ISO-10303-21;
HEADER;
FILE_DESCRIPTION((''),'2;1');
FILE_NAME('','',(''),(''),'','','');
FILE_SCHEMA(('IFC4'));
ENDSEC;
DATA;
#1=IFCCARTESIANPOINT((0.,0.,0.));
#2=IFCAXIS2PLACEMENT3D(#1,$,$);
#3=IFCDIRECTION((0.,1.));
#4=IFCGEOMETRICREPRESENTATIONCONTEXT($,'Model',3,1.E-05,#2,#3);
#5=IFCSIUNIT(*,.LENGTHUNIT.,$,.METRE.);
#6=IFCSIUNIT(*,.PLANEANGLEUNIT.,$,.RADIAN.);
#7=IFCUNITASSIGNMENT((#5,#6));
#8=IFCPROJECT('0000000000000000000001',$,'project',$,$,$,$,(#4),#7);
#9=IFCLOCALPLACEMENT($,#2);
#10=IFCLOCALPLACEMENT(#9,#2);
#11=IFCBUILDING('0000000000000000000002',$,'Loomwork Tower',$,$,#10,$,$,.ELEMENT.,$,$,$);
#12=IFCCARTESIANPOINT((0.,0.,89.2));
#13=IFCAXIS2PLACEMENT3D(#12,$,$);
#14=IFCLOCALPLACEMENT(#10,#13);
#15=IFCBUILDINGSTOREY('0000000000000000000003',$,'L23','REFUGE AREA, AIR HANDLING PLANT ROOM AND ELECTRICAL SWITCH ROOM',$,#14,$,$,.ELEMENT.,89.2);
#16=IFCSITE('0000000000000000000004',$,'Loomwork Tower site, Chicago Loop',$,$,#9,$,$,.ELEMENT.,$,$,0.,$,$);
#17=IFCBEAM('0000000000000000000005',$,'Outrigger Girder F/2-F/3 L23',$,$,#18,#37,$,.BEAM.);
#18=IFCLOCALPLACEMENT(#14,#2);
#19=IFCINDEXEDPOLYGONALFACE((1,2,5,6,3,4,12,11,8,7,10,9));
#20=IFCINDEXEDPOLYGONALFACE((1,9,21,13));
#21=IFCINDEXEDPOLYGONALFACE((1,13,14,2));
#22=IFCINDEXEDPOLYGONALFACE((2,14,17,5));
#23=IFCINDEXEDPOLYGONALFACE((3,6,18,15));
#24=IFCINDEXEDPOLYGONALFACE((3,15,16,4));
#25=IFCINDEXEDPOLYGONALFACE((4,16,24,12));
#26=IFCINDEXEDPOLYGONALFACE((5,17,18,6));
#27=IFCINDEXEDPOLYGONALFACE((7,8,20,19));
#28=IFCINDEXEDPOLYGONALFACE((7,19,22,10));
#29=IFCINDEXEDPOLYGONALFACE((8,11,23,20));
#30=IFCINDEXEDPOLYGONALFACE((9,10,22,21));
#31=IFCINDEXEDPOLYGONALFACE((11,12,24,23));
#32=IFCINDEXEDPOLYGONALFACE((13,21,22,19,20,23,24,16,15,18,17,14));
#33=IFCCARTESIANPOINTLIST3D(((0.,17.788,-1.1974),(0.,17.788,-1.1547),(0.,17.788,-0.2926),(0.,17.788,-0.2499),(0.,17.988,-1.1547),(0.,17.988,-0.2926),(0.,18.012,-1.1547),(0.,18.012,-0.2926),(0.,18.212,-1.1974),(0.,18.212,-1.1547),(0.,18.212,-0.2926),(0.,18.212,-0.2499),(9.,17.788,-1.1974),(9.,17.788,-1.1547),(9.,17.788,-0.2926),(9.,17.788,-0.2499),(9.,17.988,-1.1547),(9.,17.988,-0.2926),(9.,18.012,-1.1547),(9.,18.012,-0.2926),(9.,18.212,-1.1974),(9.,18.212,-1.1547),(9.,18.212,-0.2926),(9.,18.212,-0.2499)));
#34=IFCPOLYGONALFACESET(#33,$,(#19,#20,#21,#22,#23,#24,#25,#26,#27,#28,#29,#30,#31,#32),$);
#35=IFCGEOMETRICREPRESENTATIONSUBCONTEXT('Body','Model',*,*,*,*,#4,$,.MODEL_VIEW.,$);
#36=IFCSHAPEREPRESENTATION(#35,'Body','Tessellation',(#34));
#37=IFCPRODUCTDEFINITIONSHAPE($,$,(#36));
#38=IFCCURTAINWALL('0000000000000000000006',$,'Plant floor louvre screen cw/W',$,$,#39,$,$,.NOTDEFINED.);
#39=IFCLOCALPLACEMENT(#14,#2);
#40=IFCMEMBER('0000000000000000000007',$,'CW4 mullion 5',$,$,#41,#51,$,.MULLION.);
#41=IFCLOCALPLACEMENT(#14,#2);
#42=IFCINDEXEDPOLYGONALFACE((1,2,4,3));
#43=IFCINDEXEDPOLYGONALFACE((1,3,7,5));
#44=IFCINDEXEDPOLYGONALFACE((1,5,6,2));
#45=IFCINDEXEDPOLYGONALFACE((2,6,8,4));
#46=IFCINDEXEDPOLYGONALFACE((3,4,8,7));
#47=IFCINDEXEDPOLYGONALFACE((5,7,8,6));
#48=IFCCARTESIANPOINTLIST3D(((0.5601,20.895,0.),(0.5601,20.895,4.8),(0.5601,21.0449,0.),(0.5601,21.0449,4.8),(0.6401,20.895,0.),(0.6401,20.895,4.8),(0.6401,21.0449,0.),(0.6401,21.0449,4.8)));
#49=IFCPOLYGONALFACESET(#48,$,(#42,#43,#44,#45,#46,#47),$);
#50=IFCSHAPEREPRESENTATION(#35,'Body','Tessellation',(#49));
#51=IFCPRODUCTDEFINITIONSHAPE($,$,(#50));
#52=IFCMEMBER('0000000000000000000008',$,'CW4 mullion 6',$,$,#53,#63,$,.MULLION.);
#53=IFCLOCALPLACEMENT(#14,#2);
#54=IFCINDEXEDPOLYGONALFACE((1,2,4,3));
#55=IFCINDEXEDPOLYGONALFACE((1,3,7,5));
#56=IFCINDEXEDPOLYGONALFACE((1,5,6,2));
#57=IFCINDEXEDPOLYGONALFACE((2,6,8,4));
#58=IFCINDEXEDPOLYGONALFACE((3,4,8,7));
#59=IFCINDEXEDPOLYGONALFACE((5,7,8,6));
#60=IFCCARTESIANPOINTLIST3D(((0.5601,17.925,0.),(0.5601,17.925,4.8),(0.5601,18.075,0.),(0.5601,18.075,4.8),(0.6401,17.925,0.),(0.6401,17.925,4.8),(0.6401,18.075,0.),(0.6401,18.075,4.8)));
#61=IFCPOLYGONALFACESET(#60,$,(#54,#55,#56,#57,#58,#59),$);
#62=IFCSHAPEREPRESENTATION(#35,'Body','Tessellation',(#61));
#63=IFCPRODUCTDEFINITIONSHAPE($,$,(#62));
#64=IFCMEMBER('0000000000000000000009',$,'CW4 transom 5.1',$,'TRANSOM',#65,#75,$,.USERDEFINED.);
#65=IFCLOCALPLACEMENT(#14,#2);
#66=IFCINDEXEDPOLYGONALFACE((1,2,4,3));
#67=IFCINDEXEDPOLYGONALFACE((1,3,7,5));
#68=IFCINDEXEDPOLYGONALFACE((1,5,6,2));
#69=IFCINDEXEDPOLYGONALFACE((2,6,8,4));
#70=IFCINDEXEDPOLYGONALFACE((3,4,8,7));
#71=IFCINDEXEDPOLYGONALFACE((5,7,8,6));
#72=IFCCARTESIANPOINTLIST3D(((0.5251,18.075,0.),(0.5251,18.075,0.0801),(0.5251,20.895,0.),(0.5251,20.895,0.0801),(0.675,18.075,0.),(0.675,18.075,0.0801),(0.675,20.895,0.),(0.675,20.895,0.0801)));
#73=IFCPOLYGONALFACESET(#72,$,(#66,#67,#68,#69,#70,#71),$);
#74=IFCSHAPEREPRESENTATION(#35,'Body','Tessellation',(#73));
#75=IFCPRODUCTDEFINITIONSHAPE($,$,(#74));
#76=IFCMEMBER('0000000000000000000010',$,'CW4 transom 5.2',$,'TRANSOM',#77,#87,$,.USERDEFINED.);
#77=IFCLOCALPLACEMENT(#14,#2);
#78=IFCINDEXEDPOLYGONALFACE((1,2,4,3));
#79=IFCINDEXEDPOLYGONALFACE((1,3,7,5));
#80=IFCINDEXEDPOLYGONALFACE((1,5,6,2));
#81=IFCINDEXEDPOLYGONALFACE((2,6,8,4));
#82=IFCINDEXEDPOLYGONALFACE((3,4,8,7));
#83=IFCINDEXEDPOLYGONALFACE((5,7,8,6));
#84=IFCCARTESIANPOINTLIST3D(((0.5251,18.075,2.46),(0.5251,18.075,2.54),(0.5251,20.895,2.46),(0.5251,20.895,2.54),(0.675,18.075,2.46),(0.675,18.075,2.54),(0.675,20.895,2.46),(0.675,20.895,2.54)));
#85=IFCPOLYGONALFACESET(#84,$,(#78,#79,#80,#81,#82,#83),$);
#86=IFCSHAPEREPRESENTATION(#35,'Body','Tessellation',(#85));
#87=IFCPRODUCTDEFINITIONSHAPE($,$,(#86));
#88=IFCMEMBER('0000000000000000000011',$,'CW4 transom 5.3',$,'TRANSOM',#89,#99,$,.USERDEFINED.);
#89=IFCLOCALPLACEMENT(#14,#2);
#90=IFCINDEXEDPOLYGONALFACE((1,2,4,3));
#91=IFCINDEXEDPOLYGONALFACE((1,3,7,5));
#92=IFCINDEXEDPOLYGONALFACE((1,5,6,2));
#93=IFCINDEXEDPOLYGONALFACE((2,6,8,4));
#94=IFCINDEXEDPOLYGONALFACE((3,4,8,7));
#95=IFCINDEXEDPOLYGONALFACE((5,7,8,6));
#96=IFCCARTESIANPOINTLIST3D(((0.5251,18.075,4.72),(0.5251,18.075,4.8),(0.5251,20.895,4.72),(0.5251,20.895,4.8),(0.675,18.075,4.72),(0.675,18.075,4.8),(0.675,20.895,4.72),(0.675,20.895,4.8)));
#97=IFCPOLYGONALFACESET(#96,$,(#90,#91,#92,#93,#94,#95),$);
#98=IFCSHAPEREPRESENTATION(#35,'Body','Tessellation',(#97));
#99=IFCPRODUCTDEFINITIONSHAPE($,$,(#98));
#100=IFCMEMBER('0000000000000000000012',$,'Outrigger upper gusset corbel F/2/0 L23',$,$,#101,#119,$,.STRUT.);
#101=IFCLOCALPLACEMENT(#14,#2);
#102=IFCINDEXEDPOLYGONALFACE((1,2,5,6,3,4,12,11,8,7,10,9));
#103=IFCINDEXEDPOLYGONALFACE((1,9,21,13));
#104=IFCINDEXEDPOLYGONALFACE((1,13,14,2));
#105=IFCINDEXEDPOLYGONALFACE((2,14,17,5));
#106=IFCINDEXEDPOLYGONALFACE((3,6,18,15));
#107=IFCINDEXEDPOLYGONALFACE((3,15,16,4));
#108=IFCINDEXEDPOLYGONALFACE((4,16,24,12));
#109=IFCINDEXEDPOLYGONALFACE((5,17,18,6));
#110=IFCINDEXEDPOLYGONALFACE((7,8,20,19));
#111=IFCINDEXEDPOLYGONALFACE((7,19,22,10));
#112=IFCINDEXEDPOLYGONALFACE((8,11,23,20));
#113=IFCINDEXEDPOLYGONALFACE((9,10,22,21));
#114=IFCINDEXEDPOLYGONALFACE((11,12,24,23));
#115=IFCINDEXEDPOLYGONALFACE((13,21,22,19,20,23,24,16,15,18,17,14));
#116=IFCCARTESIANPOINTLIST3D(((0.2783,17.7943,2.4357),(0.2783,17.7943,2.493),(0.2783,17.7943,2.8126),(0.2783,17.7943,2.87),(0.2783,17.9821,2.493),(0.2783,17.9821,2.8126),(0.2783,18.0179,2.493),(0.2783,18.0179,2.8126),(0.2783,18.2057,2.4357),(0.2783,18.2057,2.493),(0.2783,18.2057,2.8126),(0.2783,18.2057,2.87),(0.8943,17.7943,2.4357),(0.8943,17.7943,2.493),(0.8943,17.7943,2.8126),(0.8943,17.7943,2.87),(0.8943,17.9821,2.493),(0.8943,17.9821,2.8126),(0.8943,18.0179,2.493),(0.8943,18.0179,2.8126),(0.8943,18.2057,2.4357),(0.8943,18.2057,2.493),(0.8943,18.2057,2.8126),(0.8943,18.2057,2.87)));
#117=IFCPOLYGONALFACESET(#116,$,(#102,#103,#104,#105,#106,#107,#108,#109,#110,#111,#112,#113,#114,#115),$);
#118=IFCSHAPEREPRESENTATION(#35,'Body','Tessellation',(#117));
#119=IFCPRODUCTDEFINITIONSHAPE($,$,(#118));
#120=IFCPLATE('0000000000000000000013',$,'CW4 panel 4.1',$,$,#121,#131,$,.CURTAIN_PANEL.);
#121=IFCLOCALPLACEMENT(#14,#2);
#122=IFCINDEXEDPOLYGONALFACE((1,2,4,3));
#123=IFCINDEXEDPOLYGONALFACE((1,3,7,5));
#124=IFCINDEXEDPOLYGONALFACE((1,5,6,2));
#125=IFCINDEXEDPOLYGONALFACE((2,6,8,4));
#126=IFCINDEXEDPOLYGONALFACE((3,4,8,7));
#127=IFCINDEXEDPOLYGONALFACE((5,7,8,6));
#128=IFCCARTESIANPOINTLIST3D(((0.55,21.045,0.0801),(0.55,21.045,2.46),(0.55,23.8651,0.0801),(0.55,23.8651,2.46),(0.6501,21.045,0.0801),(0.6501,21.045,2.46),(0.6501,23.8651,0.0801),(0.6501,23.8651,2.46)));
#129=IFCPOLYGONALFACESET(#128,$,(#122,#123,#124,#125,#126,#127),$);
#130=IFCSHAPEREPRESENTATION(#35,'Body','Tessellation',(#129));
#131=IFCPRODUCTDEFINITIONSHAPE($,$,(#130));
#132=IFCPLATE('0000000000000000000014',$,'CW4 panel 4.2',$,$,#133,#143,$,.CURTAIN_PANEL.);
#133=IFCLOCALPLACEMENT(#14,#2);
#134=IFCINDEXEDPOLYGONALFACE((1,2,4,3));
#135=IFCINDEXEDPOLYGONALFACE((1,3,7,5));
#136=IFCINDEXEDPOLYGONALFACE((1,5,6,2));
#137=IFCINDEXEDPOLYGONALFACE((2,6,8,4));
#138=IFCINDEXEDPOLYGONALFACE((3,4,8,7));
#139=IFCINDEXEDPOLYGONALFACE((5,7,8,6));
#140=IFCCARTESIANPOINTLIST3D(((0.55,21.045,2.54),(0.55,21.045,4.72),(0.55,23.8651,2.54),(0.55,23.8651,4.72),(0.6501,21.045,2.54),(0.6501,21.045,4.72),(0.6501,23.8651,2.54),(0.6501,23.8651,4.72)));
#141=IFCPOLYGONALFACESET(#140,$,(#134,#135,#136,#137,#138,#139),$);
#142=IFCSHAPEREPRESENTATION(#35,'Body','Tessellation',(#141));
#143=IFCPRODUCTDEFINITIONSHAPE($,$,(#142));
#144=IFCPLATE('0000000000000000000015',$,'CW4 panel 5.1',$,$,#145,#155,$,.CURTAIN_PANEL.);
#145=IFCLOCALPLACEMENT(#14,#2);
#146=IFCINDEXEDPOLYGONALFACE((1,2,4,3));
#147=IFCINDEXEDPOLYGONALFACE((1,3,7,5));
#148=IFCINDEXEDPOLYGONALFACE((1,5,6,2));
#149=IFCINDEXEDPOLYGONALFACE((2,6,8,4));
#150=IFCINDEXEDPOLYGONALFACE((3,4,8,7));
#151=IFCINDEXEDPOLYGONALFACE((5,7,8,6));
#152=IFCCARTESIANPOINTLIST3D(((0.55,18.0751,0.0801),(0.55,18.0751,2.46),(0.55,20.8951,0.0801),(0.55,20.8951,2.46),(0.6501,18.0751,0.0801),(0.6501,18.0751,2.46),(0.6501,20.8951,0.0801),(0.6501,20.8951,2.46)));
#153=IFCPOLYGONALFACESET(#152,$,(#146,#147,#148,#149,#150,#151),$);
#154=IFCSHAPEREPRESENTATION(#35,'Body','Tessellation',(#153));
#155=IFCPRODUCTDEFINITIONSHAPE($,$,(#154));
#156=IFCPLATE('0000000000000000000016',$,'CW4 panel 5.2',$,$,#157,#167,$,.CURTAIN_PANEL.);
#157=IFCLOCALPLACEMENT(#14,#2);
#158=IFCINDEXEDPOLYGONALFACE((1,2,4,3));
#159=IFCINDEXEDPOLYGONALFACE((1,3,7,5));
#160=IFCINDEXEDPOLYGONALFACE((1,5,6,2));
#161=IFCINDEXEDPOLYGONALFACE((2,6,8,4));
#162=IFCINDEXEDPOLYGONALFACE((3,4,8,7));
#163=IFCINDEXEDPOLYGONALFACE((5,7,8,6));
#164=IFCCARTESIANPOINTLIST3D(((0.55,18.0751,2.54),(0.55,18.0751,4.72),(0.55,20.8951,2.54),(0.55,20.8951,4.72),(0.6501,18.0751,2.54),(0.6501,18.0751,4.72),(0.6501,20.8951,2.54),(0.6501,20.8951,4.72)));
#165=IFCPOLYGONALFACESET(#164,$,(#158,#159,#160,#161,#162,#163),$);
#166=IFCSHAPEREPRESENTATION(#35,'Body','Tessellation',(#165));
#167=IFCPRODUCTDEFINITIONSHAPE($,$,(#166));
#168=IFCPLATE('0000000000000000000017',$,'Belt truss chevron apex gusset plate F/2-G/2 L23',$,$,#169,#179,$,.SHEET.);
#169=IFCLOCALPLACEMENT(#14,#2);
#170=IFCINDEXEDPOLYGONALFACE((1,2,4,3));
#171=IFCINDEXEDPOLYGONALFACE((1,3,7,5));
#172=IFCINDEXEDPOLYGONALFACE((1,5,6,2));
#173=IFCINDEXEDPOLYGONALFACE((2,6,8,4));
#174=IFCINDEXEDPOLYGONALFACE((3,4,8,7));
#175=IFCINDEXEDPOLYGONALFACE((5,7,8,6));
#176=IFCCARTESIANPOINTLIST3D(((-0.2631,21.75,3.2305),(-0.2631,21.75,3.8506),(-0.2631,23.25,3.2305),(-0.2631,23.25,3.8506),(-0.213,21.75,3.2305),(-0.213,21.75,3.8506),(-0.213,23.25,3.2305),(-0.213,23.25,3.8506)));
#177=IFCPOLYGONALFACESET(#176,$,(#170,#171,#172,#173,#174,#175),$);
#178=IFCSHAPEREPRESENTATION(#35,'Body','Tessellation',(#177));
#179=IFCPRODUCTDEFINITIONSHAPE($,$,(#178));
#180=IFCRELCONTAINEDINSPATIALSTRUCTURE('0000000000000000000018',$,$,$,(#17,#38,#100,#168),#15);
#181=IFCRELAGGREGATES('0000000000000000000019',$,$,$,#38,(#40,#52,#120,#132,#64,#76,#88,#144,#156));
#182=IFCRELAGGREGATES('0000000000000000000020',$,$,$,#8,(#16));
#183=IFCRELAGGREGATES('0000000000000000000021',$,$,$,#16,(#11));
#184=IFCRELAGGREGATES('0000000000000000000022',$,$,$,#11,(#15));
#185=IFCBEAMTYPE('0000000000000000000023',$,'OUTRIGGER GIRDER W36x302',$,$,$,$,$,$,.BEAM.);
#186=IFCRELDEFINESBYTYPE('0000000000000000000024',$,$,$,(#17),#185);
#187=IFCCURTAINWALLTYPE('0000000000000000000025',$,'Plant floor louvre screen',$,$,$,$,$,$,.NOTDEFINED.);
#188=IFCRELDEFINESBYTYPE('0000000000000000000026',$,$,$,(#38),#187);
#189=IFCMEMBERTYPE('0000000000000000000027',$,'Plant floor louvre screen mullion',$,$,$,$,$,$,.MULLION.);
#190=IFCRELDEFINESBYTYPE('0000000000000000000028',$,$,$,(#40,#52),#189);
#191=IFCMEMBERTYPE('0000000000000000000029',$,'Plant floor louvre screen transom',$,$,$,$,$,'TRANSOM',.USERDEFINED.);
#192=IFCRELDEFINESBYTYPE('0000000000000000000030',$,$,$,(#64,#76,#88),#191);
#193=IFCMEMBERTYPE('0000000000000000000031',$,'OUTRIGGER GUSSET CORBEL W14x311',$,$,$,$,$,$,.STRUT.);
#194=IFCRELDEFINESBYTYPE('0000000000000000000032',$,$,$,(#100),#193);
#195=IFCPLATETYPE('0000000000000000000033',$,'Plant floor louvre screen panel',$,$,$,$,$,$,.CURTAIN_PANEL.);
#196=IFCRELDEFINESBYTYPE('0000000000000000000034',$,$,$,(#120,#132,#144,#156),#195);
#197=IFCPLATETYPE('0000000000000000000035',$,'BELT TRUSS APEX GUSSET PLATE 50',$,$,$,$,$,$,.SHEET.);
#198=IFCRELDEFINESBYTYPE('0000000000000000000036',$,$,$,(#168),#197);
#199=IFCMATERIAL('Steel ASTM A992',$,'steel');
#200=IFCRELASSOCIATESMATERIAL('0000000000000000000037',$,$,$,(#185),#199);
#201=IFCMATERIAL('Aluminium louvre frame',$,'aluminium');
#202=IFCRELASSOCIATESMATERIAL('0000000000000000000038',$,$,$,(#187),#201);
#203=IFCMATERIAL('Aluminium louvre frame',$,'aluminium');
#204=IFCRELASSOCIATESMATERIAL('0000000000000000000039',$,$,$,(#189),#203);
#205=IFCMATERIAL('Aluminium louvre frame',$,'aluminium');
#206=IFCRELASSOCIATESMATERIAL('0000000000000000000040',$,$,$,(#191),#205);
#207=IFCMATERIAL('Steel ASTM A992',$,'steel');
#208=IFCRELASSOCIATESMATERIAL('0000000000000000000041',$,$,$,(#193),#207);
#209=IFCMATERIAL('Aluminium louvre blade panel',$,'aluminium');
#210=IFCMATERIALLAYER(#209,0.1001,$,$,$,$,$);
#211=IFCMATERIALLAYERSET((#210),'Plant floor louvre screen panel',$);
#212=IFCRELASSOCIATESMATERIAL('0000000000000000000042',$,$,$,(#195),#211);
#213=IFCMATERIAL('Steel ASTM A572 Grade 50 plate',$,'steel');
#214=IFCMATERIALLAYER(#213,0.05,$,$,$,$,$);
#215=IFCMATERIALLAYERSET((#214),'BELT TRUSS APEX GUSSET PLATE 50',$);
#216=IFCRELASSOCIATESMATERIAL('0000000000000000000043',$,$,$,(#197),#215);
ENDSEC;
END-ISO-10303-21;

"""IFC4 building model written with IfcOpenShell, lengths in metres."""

from ifc_helpers import new_model, si_unit, direction, frame, origin, origin_2d, place, context, subcontext, project, spatial, rectangle, i_section, extrude, material, layer, layer_set, material_profile, profile_set, type_object, element, aggregate, save


model = new_model("IFC4")

# Units and contexts
model_context = context("Model", 3, precision=1e-05, world=origin(), true_north=direction((0.0, 1.0)))
body_context = subcontext(model_context, "Body", "Model", "MODEL_VIEW")
ifc_project = project(units=[si_unit("LENGTHUNIT", "METRE"), si_unit("PLANEANGLEUNIT", "RADIAN")], contexts=[model_context])

# Site, building, storey
site_placement = place(None, origin())
site = spatial("IfcSite", under=ifc_project, at=site_placement, Name="Loomwork Tower site, Chicago Loop", CompositionType="ELEMENT", RefElevation=0.0)
building_placement = place(site_placement, origin())
building = spatial("IfcBuilding", under=site, at=building_placement, Name="Loomwork Tower", CompositionType="ELEMENT")
storey_placement = place(building_placement, frame((0.0, 0.0, 89.2)))
storey = spatial("IfcBuildingStorey", under=building, at=storey_placement, Name="L23", Description="REFUGE AREA, AIR HANDLING PLANT ROOM AND ELECTRICAL SWITCH ROOM", CompositionType="ELEMENT", Elevation=89.2)

# Beam
ifc_material_1 = material(Name="Steel ASTM A992", Category="steel")
ifc_material_profile_1 = material_profile(ifc_material_1, i_section(OverallWidth=0.4241, OverallDepth=0.9475, WebThickness=0.0239, FlangeThickness=0.0427, at=origin_2d()), Name="W36x302")
ifc_profile_set_1 = profile_set([ifc_material_profile_1], Name="Steel ASTM A992")
beam_type_1 = type_object("IfcBeamType", Name="OUTRIGGER GIRDER W36x302", PredefinedType="BEAM", material=ifc_profile_set_1)
beam_1_placement = place(storey_placement, frame((0.0, 18.0, -0.7236), z_axis=(1.0, 0.0, 0.0), x_axis=(0.0, 1.0, 0.0)))
element("IfcBeam", 1, at=beam_1_placement, inside=storey, type_object=beam_type_1, Name="Outrigger Girder F/2-F/3 L23", PredefinedType="BEAM", context=body_context, shape_type="SweptSolid", body=[
    extrude(i_section(OverallWidth=0.4241, OverallDepth=0.9475, WebThickness=0.0239, FlangeThickness=0.0427, at=origin_2d()), origin(), (0.0, 0.0, 1.0), 9.0),
])

# Curtain wall, members
ifc_material_2 = material(Name="Aluminium louvre frame", Category="aluminium")
curtain_wall_type = type_object("IfcCurtainWallType", Name="Plant floor louvre screen", PredefinedType="NOTDEFINED", material=ifc_material_2)
curtain_wall_placement = place(storey_placement, origin())
curtain_wall = element("IfcCurtainWall", 2, at=curtain_wall_placement, inside=storey, type_object=curtain_wall_type, Name="Plant floor louvre screen cw/W", PredefinedType="NOTDEFINED")
ifc_material_3 = material(Name="Aluminium louvre frame", Category="aluminium")
ifc_material_profile_2 = material_profile(ifc_material_3, rectangle(XDim=0.0801, YDim=0.1499, at=origin_2d()), Name="AL 80x150")
ifc_profile_set_2 = profile_set([ifc_material_profile_2], Name="Aluminium louvre frame")
member_type_1 = type_object("IfcMemberType", Name="Plant floor louvre screen mullion", PredefinedType="MULLION", material=ifc_profile_set_2)
member_1_placement = place(storey_placement, frame((0.6001, 20.97, 0.0), z_axis=(0.0, 0.0, 1.0), x_axis=(1.0, 0.0, 0.0)))
member_1 = element("IfcMember", 3, at=member_1_placement, type_object=member_type_1, Name="CW4 mullion 5", PredefinedType="MULLION", context=body_context, shape_type="SweptSolid", body=[
    extrude(rectangle(XDim=0.0801, YDim=0.1499, at=origin_2d()), origin(), (0.0, 0.0, 1.0), 4.8),
])
member_2_placement = place(storey_placement, frame((0.6001, 18.0, 0.0), z_axis=(0.0, 0.0, 1.0), x_axis=(1.0, 0.0, 0.0)))
member_2 = element("IfcMember", 4, at=member_2_placement, type_object=member_type_1, Name="CW4 mullion 6", PredefinedType="MULLION", context=body_context, shape_type="SweptSolid", body=[
    extrude(rectangle(XDim=0.0801, YDim=0.1499, at=origin_2d()), origin(), (0.0, 0.0, 1.0), 4.8),
])
ifc_material_4 = material(Name="Aluminium louvre frame", Category="aluminium")
ifc_material_profile_3 = material_profile(ifc_material_4, rectangle(XDim=0.1499, YDim=0.0801, at=origin_2d()), Name="AL 80x150")
ifc_profile_set_3 = profile_set([ifc_material_profile_3], Name="Aluminium louvre frame")
member_type_2 = type_object("IfcMemberType", Name="Plant floor louvre screen transom", ElementType="TRANSOM", PredefinedType="USERDEFINED", material=ifc_profile_set_3)
member_3_placement = place(storey_placement, frame((0.6001, 20.895, 0.04), z_axis=(0.0, -1.0, 0.0), x_axis=(1.0, 0.0, 0.0)))
member_3 = element("IfcMember", 5, at=member_3_placement, type_object=member_type_2, Name="CW4 transom 5.1", ObjectType="TRANSOM", PredefinedType="USERDEFINED", context=body_context, shape_type="SweptSolid", body=[
    extrude(rectangle(XDim=0.1499, YDim=0.0801, at=origin_2d()), origin(), (0.0, 0.0, 1.0), 2.8201),
])
member_4_placement = place(storey_placement, frame((0.6001, 20.895, 2.5), z_axis=(0.0, -1.0, 0.0), x_axis=(1.0, 0.0, 0.0)))
member_4 = element("IfcMember", 6, at=member_4_placement, type_object=member_type_2, Name="CW4 transom 5.2", ObjectType="TRANSOM", PredefinedType="USERDEFINED", context=body_context, shape_type="SweptSolid", body=[
    extrude(rectangle(XDim=0.1499, YDim=0.0801, at=origin_2d()), origin(), (0.0, 0.0, 1.0), 2.8201),
])
member_5_placement = place(storey_placement, frame((0.6001, 20.895, 4.76), z_axis=(0.0, -1.0, 0.0), x_axis=(1.0, 0.0, 0.0)))
member_5 = element("IfcMember", 7, at=member_5_placement, type_object=member_type_2, Name="CW4 transom 5.3", ObjectType="TRANSOM", PredefinedType="USERDEFINED", context=body_context, shape_type="SweptSolid", body=[
    extrude(rectangle(XDim=0.1499, YDim=0.0801, at=origin_2d()), origin(), (0.0, 0.0, 1.0), 2.8201),
])

# Member
ifc_material_5 = material(Name="Steel ASTM A992", Category="steel")
ifc_material_profile_4 = material_profile(ifc_material_5, i_section(OverallWidth=0.4114, OverallDepth=0.4343, WebThickness=0.0359, FlangeThickness=0.0574, at=origin_2d()), Name="W14x311")
ifc_profile_set_4 = profile_set([ifc_material_profile_4], Name="Steel ASTM A992")
member_type_3 = type_object("IfcMemberType", Name="OUTRIGGER GUSSET CORBEL W14x311", PredefinedType="STRUT", material=ifc_profile_set_4)
member_6_placement = place(storey_placement, frame((0.2783, 18.0, 2.6528), z_axis=(1.0, 0.0, 0.0), x_axis=(0.0, 1.0, 0.0)))
element("IfcMember", 8, at=member_6_placement, inside=storey, type_object=member_type_3, Name="Outrigger upper gusset corbel F/2/0 L23", PredefinedType="STRUT", context=body_context, shape_type="SweptSolid", body=[
    extrude(i_section(OverallWidth=0.4114, OverallDepth=0.4343, WebThickness=0.0359, FlangeThickness=0.0574, at=origin_2d()), origin(), (0.0, 0.0, 1.0), 0.616),
])

# Plates
ifc_material_6 = material(Name="Aluminium louvre blade panel", Category="aluminium")
ifc_layer_1 = layer(ifc_material_6, 0.1001)
ifc_layer_set_1 = layer_set([ifc_layer_1], Name="Plant floor louvre screen panel")
plate_type_1 = type_object("IfcPlateType", Name="Plant floor louvre screen panel", PredefinedType="CURTAIN_PANEL", material=ifc_layer_set_1)
plate_1_placement = place(storey_placement, frame((0.6001, 22.4551, 0.0801), z_axis=(0.0, 0.0, 1.0), x_axis=(0.0, -1.0, 0.0)))
plate_1 = element("IfcPlate", 9, at=plate_1_placement, type_object=plate_type_1, Name="CW4 panel 4.1", PredefinedType="CURTAIN_PANEL", context=body_context, shape_type="SweptSolid", body=[
    extrude(rectangle(XDim=2.8201, YDim=0.1001, at=origin_2d()), origin(), (0.0, 0.0, 1.0), 2.3799),
])
plate_2_placement = place(storey_placement, frame((0.6001, 22.4551, 2.54), z_axis=(0.0, 0.0, 1.0), x_axis=(0.0, -1.0, 0.0)))
plate_2 = element("IfcPlate", 10, at=plate_2_placement, type_object=plate_type_1, Name="CW4 panel 4.2", PredefinedType="CURTAIN_PANEL", context=body_context, shape_type="SweptSolid", body=[
    extrude(rectangle(XDim=2.8201, YDim=0.1001, at=origin_2d()), origin(), (0.0, 0.0, 1.0), 2.1799),
])
plate_3_placement = place(storey_placement, frame((0.6001, 19.4851, 0.0801), z_axis=(0.0, 0.0, 1.0), x_axis=(0.0, -1.0, 0.0)))
plate_3 = element("IfcPlate", 11, at=plate_3_placement, type_object=plate_type_1, Name="CW4 panel 5.1", PredefinedType="CURTAIN_PANEL", context=body_context, shape_type="SweptSolid", body=[
    extrude(rectangle(XDim=2.8201, YDim=0.1001, at=origin_2d()), origin(), (0.0, 0.0, 1.0), 2.3799),
])
plate_4_placement = place(storey_placement, frame((0.6001, 19.4851, 2.54), z_axis=(0.0, 0.0, 1.0), x_axis=(0.0, -1.0, 0.0)))
plate_4 = element("IfcPlate", 12, at=plate_4_placement, type_object=plate_type_1, Name="CW4 panel 5.2", PredefinedType="CURTAIN_PANEL", context=body_context, shape_type="SweptSolid", body=[
    extrude(rectangle(XDim=2.8201, YDim=0.1001, at=origin_2d()), origin(), (0.0, 0.0, 1.0), 2.1799),
])
aggregate(curtain_wall, [member_1, member_2, plate_1, plate_2, member_3, member_4, member_5, plate_3, plate_4])

# Plate
ifc_material_7 = material(Name="Steel ASTM A572 Grade 50 plate", Category="steel")
ifc_layer_2 = layer(ifc_material_7, 0.05)
ifc_layer_set_2 = layer_set([ifc_layer_2], Name="BELT TRUSS APEX GUSSET PLATE 50")
plate_type_2 = type_object("IfcPlateType", Name="BELT TRUSS APEX GUSSET PLATE 50", PredefinedType="SHEET", material=ifc_layer_set_2)
plate_5_placement = place(storey_placement, frame((-0.238, 22.5, 3.2305), z_axis=(0.0, 0.0, 1.0), x_axis=(0.0, 1.0, 0.0)))
element("IfcPlate", 13, at=plate_5_placement, inside=storey, type_object=plate_type_2, Name="Belt truss chevron apex gusset plate F/2-G/2 L23", PredefinedType="SHEET", context=body_context, shape_type="SweptSolid", body=[
    extrude(rectangle(XDim=1.5, YDim=0.05, at=origin_2d()), origin(), (0.0, 0.0, 1.0), 0.6201),
])

save(model, "model.ifc")
